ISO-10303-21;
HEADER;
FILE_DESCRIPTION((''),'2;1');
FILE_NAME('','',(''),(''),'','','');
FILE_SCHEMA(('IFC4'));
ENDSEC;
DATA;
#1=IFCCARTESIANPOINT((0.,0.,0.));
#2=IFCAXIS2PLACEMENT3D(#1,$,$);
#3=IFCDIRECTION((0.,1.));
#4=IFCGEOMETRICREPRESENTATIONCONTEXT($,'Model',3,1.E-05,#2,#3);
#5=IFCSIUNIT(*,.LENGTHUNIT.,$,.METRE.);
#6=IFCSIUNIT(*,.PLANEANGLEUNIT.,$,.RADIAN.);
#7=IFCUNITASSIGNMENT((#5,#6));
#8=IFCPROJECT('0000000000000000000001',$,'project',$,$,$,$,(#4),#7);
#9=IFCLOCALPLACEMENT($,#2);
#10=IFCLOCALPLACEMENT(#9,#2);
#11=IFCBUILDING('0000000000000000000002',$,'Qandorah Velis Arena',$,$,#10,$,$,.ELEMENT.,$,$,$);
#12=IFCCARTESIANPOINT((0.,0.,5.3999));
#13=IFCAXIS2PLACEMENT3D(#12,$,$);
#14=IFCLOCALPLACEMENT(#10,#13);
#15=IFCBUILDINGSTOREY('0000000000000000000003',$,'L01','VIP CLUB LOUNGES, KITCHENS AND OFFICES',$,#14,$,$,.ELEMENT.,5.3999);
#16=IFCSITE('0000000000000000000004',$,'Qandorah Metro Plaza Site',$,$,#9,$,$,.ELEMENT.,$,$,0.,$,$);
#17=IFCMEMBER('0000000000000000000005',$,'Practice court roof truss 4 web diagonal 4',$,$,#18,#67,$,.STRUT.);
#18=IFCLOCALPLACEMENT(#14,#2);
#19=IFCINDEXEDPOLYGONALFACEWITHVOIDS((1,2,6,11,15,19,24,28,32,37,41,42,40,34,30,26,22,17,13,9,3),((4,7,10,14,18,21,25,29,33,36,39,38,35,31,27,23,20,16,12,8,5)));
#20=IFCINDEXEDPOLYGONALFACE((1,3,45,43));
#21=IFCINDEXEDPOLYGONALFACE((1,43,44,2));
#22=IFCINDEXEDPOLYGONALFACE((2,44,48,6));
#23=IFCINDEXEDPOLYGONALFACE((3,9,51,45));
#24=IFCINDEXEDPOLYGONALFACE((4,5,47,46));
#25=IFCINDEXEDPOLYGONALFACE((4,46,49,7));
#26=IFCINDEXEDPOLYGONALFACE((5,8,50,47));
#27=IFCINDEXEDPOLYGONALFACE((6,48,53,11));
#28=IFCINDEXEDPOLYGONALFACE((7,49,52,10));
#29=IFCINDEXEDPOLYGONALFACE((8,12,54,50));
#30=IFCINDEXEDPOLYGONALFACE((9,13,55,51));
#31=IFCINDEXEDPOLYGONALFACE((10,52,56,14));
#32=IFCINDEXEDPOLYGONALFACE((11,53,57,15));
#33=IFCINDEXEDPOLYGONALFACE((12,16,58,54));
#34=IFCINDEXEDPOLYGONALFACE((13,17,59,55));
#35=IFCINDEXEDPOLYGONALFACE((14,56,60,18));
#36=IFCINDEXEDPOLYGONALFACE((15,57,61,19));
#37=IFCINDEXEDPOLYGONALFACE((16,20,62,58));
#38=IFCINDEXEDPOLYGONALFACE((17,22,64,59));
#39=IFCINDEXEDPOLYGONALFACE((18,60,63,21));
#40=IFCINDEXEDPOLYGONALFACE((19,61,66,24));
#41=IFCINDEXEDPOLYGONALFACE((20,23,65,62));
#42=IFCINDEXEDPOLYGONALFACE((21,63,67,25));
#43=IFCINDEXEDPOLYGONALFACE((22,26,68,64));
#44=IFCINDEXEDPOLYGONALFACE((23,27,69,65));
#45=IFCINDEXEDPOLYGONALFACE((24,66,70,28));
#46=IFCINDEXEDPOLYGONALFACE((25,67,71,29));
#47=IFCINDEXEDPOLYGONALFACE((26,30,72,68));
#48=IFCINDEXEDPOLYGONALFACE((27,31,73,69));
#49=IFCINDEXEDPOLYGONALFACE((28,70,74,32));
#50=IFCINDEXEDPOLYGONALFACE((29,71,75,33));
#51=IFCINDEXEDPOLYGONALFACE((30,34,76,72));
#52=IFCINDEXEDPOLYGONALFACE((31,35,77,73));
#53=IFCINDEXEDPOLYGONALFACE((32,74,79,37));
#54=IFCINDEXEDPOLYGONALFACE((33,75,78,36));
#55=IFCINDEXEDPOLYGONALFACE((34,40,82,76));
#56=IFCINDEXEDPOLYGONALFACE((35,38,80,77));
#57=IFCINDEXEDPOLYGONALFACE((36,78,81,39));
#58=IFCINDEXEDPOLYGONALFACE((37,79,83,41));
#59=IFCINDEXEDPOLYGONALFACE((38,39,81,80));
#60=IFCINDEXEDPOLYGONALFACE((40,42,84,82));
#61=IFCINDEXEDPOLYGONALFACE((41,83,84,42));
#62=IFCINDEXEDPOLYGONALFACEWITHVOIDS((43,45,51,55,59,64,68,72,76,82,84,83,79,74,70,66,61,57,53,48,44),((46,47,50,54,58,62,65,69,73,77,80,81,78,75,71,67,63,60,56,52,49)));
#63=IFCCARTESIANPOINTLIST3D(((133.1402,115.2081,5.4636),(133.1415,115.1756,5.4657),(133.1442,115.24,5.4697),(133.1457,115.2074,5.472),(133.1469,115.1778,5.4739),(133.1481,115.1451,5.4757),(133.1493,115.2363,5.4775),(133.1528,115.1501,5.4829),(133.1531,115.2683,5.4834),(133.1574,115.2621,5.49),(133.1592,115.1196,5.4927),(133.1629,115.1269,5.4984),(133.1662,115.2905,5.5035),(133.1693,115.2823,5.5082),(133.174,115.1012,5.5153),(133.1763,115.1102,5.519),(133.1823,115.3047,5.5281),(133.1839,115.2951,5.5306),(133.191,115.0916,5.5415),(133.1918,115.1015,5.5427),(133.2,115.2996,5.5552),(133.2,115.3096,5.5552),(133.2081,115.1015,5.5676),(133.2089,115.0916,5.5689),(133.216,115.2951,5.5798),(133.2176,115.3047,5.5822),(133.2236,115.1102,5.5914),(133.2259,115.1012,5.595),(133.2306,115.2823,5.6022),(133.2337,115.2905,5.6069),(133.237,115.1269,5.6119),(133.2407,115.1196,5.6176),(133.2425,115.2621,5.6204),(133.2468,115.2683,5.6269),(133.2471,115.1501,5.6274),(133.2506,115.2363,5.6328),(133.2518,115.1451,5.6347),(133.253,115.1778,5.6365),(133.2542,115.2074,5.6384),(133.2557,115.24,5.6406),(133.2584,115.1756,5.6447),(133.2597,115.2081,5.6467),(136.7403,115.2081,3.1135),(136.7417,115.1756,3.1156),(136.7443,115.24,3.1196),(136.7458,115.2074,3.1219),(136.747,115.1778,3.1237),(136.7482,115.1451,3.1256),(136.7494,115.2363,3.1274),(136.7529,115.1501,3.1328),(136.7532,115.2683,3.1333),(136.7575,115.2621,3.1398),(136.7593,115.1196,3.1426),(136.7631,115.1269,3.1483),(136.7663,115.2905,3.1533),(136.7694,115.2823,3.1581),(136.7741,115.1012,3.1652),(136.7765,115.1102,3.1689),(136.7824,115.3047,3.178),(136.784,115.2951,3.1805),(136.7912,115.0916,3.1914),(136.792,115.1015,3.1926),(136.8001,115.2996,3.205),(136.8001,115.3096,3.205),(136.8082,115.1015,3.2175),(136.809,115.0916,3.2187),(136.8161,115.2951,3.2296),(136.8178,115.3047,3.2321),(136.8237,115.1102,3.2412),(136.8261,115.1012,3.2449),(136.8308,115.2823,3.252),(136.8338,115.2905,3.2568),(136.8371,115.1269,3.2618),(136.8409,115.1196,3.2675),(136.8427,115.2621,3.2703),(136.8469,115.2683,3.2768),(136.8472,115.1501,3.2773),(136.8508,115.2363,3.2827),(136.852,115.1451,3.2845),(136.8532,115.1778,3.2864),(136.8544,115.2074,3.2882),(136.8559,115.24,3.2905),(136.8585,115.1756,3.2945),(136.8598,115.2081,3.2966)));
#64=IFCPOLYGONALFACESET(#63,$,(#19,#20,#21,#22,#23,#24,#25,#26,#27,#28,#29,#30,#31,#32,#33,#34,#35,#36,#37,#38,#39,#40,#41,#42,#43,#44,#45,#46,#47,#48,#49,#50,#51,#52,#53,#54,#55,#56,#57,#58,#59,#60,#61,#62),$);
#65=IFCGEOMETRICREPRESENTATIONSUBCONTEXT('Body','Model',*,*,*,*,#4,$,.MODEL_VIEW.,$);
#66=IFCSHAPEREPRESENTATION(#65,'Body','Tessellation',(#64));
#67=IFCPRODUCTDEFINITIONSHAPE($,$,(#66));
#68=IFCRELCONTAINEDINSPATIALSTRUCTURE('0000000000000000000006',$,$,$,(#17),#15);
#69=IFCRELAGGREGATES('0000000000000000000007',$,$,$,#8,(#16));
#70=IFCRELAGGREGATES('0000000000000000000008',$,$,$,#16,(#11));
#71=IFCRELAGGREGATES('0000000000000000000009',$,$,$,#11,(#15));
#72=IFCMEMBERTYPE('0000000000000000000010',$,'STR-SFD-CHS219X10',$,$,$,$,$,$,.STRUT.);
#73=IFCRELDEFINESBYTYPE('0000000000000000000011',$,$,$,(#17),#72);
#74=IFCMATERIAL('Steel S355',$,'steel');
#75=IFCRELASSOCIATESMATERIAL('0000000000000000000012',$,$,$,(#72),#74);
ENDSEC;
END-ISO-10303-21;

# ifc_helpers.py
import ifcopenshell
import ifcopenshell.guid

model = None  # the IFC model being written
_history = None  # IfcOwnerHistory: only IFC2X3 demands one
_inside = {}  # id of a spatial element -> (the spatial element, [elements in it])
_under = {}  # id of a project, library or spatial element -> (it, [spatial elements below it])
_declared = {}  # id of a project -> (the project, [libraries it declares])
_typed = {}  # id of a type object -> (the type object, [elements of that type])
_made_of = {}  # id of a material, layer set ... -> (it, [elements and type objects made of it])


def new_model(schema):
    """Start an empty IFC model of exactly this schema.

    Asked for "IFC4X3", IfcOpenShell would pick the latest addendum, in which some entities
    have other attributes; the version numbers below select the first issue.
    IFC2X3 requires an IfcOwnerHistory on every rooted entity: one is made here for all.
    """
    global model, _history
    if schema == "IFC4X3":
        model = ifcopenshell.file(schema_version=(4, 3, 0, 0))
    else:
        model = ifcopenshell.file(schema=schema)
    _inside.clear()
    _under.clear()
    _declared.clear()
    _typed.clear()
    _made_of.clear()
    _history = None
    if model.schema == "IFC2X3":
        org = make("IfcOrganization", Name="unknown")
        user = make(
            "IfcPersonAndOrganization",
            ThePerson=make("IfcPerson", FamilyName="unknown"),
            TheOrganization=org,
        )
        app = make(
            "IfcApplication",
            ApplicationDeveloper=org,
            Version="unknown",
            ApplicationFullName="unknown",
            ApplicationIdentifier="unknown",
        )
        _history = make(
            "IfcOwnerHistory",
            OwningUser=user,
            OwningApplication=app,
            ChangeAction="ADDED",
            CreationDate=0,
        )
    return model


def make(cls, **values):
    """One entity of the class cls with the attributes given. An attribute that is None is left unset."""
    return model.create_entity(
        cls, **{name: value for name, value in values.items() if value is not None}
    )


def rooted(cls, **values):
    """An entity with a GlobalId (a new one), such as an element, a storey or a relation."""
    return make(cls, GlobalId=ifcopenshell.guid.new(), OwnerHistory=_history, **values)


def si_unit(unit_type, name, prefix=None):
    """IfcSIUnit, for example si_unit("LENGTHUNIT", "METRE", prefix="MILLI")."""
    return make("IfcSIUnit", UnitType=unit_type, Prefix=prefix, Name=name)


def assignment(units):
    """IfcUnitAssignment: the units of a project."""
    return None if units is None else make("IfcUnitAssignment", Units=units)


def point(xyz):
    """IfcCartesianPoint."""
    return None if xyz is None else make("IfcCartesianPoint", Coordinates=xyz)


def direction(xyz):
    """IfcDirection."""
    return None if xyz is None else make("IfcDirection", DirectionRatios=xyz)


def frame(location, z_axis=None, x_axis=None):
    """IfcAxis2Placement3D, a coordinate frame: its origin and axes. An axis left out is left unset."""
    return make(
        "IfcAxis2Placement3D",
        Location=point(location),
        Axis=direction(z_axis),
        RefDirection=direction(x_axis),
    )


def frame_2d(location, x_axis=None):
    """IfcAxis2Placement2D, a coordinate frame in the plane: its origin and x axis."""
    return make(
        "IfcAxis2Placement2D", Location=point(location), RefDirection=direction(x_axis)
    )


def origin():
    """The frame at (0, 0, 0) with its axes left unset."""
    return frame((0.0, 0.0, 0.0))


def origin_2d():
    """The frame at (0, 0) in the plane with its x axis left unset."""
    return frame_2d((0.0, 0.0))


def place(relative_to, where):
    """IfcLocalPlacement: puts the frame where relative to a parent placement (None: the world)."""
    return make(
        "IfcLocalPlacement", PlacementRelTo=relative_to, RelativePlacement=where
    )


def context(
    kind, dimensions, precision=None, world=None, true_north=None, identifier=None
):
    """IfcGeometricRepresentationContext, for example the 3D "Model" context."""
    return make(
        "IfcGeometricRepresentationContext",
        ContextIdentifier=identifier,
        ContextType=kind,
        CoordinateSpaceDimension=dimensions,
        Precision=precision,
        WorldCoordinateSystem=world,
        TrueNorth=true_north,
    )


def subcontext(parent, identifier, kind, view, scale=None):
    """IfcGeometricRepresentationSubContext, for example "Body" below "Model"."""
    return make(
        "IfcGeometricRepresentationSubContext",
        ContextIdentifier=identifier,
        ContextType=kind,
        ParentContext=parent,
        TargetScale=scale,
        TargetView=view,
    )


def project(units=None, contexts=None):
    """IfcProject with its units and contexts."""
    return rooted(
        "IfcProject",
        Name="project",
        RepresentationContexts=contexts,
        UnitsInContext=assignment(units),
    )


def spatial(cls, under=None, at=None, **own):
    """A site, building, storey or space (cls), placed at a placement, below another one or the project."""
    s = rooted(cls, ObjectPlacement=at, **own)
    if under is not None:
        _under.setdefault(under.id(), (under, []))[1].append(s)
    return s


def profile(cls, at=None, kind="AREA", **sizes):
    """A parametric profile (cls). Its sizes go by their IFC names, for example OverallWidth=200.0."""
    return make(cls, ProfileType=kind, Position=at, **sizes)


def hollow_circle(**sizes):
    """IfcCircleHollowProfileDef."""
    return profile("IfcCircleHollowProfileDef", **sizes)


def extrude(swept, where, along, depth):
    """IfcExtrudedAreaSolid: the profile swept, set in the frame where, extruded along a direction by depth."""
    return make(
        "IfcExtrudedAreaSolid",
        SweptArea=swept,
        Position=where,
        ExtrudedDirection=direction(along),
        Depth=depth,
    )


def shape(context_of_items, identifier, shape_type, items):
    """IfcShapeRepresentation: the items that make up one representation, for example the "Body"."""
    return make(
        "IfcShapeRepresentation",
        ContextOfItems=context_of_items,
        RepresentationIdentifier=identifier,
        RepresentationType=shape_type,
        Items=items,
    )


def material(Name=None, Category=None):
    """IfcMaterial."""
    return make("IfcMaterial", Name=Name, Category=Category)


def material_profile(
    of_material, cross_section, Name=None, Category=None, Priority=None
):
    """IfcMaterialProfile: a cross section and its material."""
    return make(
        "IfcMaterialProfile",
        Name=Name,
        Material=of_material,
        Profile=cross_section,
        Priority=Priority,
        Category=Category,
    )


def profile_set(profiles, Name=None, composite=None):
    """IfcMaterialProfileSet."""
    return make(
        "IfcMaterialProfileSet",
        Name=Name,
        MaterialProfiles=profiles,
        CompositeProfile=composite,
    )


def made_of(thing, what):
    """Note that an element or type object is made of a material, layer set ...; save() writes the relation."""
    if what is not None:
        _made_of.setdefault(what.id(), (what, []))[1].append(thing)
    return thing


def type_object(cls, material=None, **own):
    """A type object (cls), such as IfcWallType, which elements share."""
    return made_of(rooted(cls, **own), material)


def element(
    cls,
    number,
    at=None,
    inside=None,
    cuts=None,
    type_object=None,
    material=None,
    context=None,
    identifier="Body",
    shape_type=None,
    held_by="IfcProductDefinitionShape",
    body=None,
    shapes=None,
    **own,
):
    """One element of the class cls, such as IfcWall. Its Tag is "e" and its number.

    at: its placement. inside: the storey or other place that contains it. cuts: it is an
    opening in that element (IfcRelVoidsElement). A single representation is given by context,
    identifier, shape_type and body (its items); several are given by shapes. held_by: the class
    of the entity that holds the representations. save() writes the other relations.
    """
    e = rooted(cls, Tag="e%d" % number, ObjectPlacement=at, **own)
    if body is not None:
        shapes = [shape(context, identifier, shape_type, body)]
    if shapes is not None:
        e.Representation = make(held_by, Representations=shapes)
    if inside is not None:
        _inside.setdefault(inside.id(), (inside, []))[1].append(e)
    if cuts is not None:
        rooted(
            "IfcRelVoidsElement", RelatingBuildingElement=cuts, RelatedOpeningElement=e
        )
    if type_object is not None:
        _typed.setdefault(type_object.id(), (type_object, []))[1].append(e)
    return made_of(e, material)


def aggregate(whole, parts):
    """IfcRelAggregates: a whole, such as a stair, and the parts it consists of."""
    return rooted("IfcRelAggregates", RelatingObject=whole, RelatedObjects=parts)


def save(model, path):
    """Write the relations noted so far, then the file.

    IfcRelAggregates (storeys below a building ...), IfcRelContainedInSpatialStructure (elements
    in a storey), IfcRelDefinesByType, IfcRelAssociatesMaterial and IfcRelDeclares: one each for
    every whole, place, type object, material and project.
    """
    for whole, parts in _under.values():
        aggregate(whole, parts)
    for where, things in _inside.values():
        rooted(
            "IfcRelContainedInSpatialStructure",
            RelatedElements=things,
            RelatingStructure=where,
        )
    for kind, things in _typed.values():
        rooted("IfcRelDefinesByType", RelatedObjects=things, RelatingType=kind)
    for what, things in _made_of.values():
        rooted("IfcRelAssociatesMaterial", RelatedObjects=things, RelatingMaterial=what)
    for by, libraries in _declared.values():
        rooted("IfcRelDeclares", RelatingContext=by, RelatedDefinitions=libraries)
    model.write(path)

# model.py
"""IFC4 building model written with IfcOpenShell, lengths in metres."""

from ifc_helpers import new_model, si_unit, direction, frame, origin, origin_2d, place, context, subcontext, project, spatial, hollow_circle, extrude, material, material_profile, profile_set, type_object, element, save


model = new_model("IFC4")

# Units and contexts
model_context = context("Model", 3, precision=1e-05, world=origin(), true_north=direction((0.0, 1.0)))
body_context = subcontext(model_context, "Body", "Model", "MODEL_VIEW")
ifc_project = project(units=[si_unit("LENGTHUNIT", "METRE"), si_unit("PLANEANGLEUNIT", "RADIAN")], contexts=[model_context])

# Site, building, storey
site_placement = place(None, origin())
site = spatial("IfcSite", under=ifc_project, at=site_placement, Name="Qandorah Metro Plaza Site", CompositionType="ELEMENT", RefElevation=0.0)
building_placement = place(site_placement, origin())
building = spatial("IfcBuilding", under=site, at=building_placement, Name="Qandorah Velis Arena", CompositionType="ELEMENT")
storey_placement = place(building_placement, frame((0.0, 0.0, 5.3999)))
storey = spatial("IfcBuildingStorey", under=building, at=storey_placement, Name="L01", Description="VIP CLUB LOUNGES, KITCHENS AND OFFICES", CompositionType="ELEMENT", Elevation=5.3999)

# Member
ifc_material = material(Name="Steel S355", Category="steel")
ifc_material_profile = material_profile(ifc_material, hollow_circle(Radius=0.1096, WallThickness=0.01, at=origin_2d()), Name="CHS 219.1x10")
ifc_profile_set = profile_set([ifc_material_profile], Name="Steel S355")
member_type = type_object("IfcMemberType", Name="STR-SFD-CHS219X10", PredefinedType="STRUT", material=ifc_profile_set)
member_1_placement = place(storey_placement, frame((133.2, 115.2, 5.5552), z_axis=(0.837376, 0.0, -0.546628), x_axis=(0.0, 1.0, 0.0)))
element("IfcMember", 1, at=member_1_placement, inside=storey, type_object=member_type, Name="Practice court roof truss 4 web diagonal 4", PredefinedType="STRUT", context=body_context, shape_type="SweptSolid", body=[
    extrude(hollow_circle(Radius=0.1096, WallThickness=0.01, at=origin_2d()), origin(), (0.0, 0.0, 1.0), 4.2993),
])

save(model, "model.ifc")
